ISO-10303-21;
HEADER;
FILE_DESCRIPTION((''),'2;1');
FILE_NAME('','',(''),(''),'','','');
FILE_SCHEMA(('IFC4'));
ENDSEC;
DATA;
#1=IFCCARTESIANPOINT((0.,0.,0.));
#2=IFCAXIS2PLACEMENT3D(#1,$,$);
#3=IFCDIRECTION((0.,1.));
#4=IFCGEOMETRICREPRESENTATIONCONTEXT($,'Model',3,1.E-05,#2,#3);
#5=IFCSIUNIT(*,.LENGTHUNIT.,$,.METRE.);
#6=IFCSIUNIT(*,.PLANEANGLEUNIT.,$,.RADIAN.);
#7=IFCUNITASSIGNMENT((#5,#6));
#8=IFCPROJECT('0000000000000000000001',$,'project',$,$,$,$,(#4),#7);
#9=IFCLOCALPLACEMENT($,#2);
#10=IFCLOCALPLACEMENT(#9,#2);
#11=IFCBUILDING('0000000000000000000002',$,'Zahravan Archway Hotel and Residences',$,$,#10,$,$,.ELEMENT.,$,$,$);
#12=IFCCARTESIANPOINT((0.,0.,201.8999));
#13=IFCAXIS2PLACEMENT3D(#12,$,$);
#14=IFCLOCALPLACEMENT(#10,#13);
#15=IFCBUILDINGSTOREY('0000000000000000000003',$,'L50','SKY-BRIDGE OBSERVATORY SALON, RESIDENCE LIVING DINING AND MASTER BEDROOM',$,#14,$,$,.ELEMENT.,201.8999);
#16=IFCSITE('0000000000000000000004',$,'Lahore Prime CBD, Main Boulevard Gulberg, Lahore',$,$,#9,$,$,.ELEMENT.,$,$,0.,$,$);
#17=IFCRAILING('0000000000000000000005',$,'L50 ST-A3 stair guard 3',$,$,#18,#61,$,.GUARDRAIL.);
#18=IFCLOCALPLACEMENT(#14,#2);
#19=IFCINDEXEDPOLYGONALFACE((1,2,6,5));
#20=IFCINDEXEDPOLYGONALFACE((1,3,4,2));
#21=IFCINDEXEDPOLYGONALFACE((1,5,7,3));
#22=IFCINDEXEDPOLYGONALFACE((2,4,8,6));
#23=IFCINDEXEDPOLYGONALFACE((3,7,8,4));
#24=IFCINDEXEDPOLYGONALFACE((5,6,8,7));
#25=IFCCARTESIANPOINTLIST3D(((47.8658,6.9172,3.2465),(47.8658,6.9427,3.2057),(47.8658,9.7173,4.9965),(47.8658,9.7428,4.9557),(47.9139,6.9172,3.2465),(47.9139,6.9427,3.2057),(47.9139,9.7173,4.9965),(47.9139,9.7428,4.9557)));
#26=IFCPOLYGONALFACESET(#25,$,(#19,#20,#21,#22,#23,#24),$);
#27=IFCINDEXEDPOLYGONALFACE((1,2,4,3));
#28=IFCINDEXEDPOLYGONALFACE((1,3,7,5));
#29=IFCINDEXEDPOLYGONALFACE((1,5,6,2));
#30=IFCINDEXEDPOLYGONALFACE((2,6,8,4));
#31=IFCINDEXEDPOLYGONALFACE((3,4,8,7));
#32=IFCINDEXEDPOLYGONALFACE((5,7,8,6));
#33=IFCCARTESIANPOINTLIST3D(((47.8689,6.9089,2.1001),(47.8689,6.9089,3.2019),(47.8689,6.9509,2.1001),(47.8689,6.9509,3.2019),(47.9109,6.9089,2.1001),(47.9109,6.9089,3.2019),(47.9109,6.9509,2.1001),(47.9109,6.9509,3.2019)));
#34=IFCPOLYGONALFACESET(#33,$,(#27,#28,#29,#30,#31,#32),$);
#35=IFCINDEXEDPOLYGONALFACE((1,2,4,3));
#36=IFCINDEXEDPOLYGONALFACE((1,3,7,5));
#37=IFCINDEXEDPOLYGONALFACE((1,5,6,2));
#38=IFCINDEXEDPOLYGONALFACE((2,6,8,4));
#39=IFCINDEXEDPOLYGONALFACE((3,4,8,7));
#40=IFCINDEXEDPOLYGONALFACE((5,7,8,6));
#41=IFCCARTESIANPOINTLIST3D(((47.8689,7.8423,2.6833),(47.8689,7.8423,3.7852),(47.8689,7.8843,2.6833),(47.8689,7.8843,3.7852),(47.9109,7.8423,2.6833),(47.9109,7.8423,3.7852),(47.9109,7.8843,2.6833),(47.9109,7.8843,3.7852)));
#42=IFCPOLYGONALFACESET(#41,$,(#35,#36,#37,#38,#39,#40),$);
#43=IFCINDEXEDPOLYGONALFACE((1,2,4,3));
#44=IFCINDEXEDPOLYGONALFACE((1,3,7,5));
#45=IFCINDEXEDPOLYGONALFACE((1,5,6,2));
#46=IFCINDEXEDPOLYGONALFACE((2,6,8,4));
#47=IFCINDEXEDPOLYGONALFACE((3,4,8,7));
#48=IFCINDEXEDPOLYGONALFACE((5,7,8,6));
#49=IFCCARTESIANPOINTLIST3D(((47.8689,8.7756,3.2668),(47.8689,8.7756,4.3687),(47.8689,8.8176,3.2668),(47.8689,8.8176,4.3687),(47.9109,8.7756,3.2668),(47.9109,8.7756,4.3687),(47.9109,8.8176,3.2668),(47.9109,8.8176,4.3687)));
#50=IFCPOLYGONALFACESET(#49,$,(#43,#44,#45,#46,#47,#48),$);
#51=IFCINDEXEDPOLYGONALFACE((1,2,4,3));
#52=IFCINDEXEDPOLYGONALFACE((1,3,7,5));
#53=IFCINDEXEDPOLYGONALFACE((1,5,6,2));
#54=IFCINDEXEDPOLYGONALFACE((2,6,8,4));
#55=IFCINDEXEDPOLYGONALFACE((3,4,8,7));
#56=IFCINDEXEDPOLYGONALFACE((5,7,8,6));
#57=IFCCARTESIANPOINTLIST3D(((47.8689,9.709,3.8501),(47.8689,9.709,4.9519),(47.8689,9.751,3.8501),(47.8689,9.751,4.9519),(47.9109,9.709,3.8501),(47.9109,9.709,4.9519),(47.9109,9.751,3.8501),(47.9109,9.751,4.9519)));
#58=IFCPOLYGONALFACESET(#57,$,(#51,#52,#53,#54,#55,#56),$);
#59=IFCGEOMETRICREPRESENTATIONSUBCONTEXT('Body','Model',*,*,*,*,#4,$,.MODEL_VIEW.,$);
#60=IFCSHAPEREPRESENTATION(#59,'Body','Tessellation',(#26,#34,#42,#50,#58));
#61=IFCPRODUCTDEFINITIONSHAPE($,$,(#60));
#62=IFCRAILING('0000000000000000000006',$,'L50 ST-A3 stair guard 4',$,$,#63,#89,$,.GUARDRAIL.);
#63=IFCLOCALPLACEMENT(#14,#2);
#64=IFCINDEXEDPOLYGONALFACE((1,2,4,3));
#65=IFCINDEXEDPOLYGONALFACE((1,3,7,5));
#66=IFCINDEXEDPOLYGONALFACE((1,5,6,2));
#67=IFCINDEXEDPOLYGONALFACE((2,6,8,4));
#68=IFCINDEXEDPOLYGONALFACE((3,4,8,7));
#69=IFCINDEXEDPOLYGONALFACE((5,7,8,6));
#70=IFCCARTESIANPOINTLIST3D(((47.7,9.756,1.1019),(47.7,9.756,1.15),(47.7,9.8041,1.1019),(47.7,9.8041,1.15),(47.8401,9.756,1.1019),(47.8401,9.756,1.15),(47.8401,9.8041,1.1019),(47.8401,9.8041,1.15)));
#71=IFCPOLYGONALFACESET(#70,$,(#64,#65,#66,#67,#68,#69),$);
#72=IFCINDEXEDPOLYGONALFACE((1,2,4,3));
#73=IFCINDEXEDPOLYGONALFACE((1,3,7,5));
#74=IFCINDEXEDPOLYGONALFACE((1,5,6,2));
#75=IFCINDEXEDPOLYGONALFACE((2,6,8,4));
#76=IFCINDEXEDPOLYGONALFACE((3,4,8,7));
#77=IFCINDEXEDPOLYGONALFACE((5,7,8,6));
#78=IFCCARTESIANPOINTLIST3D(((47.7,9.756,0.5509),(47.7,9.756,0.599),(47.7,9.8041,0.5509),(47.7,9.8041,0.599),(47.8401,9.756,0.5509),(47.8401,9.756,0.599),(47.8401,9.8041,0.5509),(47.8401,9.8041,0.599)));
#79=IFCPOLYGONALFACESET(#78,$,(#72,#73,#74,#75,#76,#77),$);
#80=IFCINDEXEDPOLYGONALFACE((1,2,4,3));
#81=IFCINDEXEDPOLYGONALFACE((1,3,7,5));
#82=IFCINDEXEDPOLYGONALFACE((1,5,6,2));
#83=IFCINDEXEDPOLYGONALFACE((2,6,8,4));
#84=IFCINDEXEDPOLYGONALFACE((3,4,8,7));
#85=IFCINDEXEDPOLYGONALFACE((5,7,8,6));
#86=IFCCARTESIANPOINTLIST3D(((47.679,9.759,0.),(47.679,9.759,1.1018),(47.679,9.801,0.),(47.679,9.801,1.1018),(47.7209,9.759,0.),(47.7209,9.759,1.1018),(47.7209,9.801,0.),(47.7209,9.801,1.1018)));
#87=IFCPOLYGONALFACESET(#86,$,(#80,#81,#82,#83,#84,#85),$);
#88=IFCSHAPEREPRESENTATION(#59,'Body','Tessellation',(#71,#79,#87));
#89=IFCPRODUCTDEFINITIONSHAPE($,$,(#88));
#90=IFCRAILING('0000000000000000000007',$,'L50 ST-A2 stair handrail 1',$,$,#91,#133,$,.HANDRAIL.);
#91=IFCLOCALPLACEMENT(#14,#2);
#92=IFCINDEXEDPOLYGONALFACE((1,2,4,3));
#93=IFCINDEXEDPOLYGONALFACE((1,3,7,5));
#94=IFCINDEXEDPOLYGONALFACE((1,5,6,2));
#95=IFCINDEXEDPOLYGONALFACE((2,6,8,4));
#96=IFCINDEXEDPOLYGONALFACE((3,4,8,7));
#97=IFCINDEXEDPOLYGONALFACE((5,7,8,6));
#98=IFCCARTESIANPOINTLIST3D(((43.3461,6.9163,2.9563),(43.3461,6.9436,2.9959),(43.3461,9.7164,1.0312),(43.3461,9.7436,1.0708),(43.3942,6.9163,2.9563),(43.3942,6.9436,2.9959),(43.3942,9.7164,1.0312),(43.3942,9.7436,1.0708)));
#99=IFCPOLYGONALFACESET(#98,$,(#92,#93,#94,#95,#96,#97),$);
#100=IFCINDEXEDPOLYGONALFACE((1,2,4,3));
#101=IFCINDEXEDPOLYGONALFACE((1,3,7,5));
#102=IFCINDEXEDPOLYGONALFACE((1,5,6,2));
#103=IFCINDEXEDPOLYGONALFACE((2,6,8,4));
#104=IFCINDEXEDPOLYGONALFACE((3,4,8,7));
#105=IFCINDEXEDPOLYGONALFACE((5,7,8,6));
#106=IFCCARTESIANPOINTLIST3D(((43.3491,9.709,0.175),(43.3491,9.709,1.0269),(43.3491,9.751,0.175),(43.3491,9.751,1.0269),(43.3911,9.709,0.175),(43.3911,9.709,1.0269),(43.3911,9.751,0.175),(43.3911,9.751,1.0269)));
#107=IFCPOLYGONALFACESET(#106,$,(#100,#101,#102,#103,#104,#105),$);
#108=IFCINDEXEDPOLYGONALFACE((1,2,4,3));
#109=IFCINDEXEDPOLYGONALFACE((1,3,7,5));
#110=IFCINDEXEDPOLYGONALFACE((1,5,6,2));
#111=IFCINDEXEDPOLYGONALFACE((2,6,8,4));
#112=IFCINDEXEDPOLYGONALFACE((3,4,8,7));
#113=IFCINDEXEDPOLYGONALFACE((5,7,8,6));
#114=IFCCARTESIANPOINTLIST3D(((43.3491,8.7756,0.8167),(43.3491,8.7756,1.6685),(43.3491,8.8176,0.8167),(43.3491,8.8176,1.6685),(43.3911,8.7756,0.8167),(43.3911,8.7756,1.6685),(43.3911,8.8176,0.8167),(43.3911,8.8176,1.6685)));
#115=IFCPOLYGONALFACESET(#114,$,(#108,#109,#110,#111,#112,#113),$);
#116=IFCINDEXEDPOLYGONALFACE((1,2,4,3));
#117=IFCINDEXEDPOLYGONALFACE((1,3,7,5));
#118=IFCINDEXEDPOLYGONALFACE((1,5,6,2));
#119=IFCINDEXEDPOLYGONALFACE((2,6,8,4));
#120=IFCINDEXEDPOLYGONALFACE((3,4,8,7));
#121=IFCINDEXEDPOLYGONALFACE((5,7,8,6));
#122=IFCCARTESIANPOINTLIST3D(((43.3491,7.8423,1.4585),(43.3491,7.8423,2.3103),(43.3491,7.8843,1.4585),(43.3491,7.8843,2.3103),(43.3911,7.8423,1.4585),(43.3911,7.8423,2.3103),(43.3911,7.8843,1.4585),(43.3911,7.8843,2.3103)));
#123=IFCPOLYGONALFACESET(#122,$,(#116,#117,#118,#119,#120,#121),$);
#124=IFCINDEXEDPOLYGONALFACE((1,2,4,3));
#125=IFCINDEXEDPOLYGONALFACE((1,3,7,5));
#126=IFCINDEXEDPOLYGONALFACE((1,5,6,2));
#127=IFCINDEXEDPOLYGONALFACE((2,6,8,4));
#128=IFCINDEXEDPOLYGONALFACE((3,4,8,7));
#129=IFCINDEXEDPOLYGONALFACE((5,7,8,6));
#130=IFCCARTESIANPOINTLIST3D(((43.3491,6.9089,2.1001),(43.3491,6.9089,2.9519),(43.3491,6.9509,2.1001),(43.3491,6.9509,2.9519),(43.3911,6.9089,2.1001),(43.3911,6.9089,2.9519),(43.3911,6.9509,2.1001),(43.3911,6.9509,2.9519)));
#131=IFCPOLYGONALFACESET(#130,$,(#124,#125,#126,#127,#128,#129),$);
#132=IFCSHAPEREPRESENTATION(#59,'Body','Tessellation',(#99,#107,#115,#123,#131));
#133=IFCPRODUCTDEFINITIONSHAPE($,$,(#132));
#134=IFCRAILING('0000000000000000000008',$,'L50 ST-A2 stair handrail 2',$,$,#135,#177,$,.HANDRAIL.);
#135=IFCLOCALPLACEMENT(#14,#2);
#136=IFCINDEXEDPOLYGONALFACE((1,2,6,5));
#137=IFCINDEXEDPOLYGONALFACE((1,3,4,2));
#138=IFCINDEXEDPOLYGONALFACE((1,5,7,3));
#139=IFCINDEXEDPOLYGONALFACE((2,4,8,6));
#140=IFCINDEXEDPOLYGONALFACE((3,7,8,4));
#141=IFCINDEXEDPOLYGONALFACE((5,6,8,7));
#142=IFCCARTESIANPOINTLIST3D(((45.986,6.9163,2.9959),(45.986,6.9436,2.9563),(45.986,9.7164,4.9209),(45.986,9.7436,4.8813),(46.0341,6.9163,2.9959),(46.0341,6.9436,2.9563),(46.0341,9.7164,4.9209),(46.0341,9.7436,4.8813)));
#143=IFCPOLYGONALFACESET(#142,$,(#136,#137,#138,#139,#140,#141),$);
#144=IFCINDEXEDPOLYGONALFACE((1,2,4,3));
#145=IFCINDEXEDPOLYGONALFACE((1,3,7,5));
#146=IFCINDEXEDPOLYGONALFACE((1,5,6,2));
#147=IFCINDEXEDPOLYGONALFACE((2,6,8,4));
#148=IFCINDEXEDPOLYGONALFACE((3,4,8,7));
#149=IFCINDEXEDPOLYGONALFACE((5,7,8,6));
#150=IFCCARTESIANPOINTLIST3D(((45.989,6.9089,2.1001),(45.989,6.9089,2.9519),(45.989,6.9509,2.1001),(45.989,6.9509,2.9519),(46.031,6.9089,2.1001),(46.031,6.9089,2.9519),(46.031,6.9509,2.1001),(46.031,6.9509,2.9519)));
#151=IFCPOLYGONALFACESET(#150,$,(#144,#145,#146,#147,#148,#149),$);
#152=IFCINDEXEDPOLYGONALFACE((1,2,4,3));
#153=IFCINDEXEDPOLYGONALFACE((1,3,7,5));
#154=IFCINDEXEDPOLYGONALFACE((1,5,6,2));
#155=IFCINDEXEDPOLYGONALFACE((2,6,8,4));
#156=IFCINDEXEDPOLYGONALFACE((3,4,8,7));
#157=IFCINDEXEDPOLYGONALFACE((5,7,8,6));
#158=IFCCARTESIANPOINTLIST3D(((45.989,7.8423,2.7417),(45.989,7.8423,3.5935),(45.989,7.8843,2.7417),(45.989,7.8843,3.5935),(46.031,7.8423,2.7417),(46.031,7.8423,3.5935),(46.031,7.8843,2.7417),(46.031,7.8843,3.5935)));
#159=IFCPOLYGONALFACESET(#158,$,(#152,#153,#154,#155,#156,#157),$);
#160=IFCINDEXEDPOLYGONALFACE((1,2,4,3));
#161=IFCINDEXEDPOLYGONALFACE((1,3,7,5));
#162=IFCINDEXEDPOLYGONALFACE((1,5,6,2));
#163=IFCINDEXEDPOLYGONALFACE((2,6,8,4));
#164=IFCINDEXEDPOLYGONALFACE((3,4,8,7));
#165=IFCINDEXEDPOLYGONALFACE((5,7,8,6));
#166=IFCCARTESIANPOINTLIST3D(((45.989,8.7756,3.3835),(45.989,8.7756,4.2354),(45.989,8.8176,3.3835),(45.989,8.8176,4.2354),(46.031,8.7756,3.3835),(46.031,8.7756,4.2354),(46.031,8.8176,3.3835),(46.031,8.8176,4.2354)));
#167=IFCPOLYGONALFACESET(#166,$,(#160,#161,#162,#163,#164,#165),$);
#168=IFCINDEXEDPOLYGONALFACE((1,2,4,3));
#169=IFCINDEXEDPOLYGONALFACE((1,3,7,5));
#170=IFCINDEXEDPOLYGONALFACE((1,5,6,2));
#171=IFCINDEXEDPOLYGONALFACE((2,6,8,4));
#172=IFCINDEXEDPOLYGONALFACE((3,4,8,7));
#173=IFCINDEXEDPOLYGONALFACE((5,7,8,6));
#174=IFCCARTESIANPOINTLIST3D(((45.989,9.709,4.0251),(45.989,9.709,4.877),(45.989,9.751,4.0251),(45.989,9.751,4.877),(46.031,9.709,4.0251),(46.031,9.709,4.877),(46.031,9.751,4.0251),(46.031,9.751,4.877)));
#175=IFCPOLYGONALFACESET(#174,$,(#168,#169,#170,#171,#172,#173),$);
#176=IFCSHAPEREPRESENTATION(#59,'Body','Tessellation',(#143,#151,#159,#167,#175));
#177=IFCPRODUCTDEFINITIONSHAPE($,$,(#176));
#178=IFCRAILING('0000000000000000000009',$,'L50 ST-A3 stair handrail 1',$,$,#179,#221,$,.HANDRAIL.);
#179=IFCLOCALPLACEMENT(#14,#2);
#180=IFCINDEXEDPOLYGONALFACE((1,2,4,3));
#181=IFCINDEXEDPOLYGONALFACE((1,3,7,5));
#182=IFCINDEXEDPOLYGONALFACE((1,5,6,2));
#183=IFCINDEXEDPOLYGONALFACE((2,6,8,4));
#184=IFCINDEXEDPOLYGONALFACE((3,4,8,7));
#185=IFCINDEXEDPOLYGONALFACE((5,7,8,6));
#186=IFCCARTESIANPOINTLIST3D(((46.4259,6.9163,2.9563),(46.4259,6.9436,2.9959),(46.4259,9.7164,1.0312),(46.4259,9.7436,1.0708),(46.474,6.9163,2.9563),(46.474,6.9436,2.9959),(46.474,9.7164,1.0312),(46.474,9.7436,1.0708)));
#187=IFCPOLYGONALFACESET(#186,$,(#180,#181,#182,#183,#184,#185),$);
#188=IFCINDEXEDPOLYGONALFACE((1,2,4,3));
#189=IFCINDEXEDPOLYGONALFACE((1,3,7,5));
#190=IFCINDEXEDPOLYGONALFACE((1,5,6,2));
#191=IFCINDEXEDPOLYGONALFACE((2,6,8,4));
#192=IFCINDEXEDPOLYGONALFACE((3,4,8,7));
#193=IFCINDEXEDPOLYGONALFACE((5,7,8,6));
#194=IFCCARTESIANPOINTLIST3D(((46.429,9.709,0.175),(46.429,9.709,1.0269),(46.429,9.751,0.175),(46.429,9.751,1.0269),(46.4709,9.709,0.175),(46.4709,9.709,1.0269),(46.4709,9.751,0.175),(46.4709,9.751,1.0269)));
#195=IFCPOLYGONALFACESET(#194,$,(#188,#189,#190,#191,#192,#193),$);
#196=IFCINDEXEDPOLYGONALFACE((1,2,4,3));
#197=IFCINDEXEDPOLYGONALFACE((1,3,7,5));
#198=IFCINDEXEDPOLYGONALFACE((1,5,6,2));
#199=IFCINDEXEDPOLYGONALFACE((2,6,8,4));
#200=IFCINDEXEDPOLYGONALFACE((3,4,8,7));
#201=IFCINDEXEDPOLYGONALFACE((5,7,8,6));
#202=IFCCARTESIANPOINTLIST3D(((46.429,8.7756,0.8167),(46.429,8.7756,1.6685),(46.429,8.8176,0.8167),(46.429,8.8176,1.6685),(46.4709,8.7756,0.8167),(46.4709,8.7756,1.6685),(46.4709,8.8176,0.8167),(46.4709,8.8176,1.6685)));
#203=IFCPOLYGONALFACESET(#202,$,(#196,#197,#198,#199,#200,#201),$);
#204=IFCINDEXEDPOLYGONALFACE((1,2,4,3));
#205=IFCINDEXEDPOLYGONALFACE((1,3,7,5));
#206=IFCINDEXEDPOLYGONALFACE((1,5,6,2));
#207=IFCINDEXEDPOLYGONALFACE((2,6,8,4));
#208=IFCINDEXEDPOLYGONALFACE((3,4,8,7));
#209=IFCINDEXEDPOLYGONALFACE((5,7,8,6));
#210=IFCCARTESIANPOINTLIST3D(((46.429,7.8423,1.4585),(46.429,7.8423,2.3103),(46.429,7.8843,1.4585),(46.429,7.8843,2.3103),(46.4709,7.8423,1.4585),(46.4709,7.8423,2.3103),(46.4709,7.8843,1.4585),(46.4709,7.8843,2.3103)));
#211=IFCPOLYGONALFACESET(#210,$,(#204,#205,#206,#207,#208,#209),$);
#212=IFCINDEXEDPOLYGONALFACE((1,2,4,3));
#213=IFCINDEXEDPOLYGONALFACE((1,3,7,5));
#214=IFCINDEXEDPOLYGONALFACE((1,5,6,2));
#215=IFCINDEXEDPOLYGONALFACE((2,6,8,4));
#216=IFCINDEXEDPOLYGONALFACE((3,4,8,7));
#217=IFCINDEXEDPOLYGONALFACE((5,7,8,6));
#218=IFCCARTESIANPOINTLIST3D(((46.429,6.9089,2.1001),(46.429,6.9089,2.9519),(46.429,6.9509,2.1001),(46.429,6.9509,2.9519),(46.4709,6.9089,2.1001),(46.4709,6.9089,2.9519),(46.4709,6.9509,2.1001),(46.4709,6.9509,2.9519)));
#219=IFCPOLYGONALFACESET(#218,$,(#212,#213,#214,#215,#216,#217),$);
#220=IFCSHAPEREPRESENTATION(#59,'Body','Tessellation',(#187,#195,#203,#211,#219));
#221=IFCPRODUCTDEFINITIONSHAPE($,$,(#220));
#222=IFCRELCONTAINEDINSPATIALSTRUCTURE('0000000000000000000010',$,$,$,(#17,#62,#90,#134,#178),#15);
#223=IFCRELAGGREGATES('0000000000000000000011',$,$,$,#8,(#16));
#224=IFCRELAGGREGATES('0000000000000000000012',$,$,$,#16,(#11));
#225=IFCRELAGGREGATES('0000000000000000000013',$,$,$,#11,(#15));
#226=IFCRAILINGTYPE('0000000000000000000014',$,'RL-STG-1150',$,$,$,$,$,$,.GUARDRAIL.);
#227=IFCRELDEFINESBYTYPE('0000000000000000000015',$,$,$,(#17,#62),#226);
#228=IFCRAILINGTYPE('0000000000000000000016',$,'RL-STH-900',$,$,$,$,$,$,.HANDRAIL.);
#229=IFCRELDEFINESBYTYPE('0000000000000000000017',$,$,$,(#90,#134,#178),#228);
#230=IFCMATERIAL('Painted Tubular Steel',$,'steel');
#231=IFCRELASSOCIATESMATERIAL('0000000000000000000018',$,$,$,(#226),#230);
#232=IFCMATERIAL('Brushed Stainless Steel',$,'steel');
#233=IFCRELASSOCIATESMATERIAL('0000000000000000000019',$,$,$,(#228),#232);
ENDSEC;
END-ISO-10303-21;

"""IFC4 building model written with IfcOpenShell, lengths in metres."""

from ifc_helpers import new_model, si_unit, direction, frame, origin, origin_2d, place, context, subcontext, project, spatial, rectangle, extrude, material, type_object, element, save


model = new_model("IFC4")

# Units and contexts
model_context = context("Model", 3, precision=1e-05, world=origin(), true_north=direction((0.0, 1.0)))
body_context = subcontext(model_context, "Body", "Model", "MODEL_VIEW")
ifc_project = project(units=[si_unit("LENGTHUNIT", "METRE"), si_unit("PLANEANGLEUNIT", "RADIAN")], contexts=[model_context])

# Site, building, storey
site_placement = place(None, origin())
site = spatial("IfcSite", under=ifc_project, at=site_placement, Name="Lahore Prime CBD, Main Boulevard Gulberg, Lahore", CompositionType="ELEMENT", RefElevation=0.0)
building_placement = place(site_placement, origin())
building = spatial("IfcBuilding", under=site, at=building_placement, Name="Zahravan Archway Hotel and Residences", CompositionType="ELEMENT")
storey_placement = place(building_placement, frame((0.0, 0.0, 201.8999)))
storey = spatial("IfcBuildingStorey", under=building, at=storey_placement, Name="L50", Description="SKY-BRIDGE OBSERVATORY SALON, RESIDENCE LIVING DINING AND MASTER BEDROOM", CompositionType="ELEMENT", Elevation=201.8999)

# Shared definitions
ifc_material_1 = material(Name="Brushed Stainless Steel", Category="steel")

# Railings
ifc_material_2 = material(Name="Painted Tubular Steel", Category="steel")
railing_type_1 = type_object("IfcRailingType", Name="RL-STG-1150", PredefinedType="GUARDRAIL", material=ifc_material_2)
railing_1_placement = place(storey_placement, frame((47.8899, 6.9299, 2.1001)))
element("IfcRailing", 1, at=railing_1_placement, inside=storey, type_object=railing_type_1, Name="L50 ST-A3 stair guard 3", PredefinedType="GUARDRAIL", context=body_context, shape_type="SweptSolid", body=[
    extrude(rectangle(XDim=0.0481, YDim=0.0481, at=origin_2d()), frame((0.0, 0.0, 1.126), z_axis=(0.0, 0.848002, 0.529992), x_axis=(-1.0, 0.0, 0.0)), (0.0, 0.0, 1.0), 3.302),
    extrude(rectangle(XDim=0.042, YDim=0.042, at=origin_2d()), origin(), (0.0, 0.0, 1.0), 1.1018),
    extrude(rectangle(XDim=0.042, YDim=0.042, at=origin_2d()), frame((0.0, 0.9333, 0.5833)), (0.0, 0.0, 1.0), 1.1018),
    extrude(rectangle(XDim=0.042, YDim=0.042, at=origin_2d()), frame((0.0, 1.8667, 1.1667)), (0.0, 0.0, 1.0), 1.1018),
    extrude(rectangle(XDim=0.042, YDim=0.042, at=origin_2d()), frame((0.0, 2.8, 1.75)), (0.0, 0.0, 1.0), 1.1018),
])
railing_2_placement = place(storey_placement, frame((47.7, 9.78, 0.0)))
element("IfcRailing", 2, at=railing_2_placement, inside=storey, type_object=railing_type_1, Name="L50 ST-A3 stair guard 4", PredefinedType="GUARDRAIL", context=body_context, shape_type="SweptSolid", body=[
    extrude(rectangle(XDim=0.0481, YDim=0.0481, at=origin_2d()), frame((0.0, 0.0, 1.126), z_axis=(1.0, 0.0, 0.0), x_axis=(0.0, 1.0, 0.0)), (0.0, 0.0, 1.0), 0.1401),
    extrude(rectangle(XDim=0.0481, YDim=0.0481, at=origin_2d()), frame((0.0, 0.0, 0.575), z_axis=(1.0, 0.0, 0.0), x_axis=(0.0, 1.0, 0.0)), (0.0, 0.0, 1.0), 0.1401),
    extrude(rectangle(XDim=0.042, YDim=0.042, at=origin_2d()), origin(), (0.0, 0.0, 1.0), 1.1018),
])
railing_type_2 = type_object("IfcRailingType", Name="RL-STH-900", PredefinedType="HANDRAIL", material=ifc_material_1)
railing_3_placement = place(storey_placement, frame((43.3701, 9.73, 0.175)))
element("IfcRailing", 3, at=railing_3_placement, inside=storey, type_object=railing_type_2, Name="L50 ST-A2 stair handrail 1", PredefinedType="HANDRAIL", context=body_context, shape_type="SweptSolid", body=[
    extrude(rectangle(XDim=0.0481, YDim=0.0481, at=origin_2d()), frame((0.0, 0.0, 0.876), z_axis=(0.0, -0.82404, 0.566532), x_axis=(1.0, 0.0, 0.0)), (0.0, 0.0, 1.0), 3.3979),
    extrude(rectangle(XDim=0.042, YDim=0.042, at=origin_2d()), origin(), (0.0, 0.0, 1.0), 0.8518),
    extrude(rectangle(XDim=0.042, YDim=0.042, at=origin_2d()), frame((0.0, -0.9333, 0.6416)), (0.0, 0.0, 1.0), 0.8518),
    extrude(rectangle(XDim=0.042, YDim=0.042, at=origin_2d()), frame((0.0, -1.8667, 1.2834)), (0.0, 0.0, 1.0), 0.8518),
    extrude(rectangle(XDim=0.042, YDim=0.042, at=origin_2d()), frame((0.0, -2.8, 1.925)), (0.0, 0.0, 1.0), 0.8518),
])
railing_4_placement = place(storey_placement, frame((46.01, 6.9299, 2.1001)))
element("IfcRailing", 4, at=railing_4_placement, inside=storey, type_object=railing_type_2, Name="L50 ST-A2 stair handrail 2", PredefinedType="HANDRAIL", context=body_context, shape_type="SweptSolid", body=[
    extrude(rectangle(XDim=0.0481, YDim=0.0481, at=origin_2d()), frame((0.0, 0.0, 0.876), z_axis=(0.0, 0.82404, 0.566532), x_axis=(-1.0, 0.0, 0.0)), (0.0, 0.0, 1.0), 3.3979),
    extrude(rectangle(XDim=0.042, YDim=0.042, at=origin_2d()), origin(), (0.0, 0.0, 1.0), 0.8518),
    extrude(rectangle(XDim=0.042, YDim=0.042, at=origin_2d()), frame((0.0, 0.9333, 0.6416)), (0.0, 0.0, 1.0), 0.8518),
    extrude(rectangle(XDim=0.042, YDim=0.042, at=origin_2d()), frame((0.0, 1.8667, 1.2834)), (0.0, 0.0, 1.0), 0.8518),
    extrude(rectangle(XDim=0.042, YDim=0.042, at=origin_2d()), frame((0.0, 2.8, 1.925)), (0.0, 0.0, 1.0), 0.8518),
])
railing_5_placement = place(storey_placement, frame((46.45, 9.73, 0.175)))
element("IfcRailing", 5, at=railing_5_placement, inside=storey, type_object=railing_type_2, Name="L50 ST-A3 stair handrail 1", PredefinedType="HANDRAIL", context=body_context, shape_type="SweptSolid", body=[
    extrude(rectangle(XDim=0.0481, YDim=0.0481, at=origin_2d()), frame((0.0, 0.0, 0.876), z_axis=(0.0, -0.82404, 0.566532), x_axis=(1.0, 0.0, 0.0)), (0.0, 0.0, 1.0), 3.3979),
    extrude(rectangle(XDim=0.042, YDim=0.042, at=origin_2d()), origin(), (0.0, 0.0, 1.0), 0.8518),
    extrude(rectangle(XDim=0.042, YDim=0.042, at=origin_2d()), frame((0.0, -0.9333, 0.6416)), (0.0, 0.0, 1.0), 0.8518),
    extrude(rectangle(XDim=0.042, YDim=0.042, at=origin_2d()), frame((0.0, -1.8667, 1.2834)), (0.0, 0.0, 1.0), 0.8518),
    extrude(rectangle(XDim=0.042, YDim=0.042, at=origin_2d()), frame((0.0, -2.8, 1.925)), (0.0, 0.0, 1.0), 0.8518),
])

save(model, "model.ifc")
